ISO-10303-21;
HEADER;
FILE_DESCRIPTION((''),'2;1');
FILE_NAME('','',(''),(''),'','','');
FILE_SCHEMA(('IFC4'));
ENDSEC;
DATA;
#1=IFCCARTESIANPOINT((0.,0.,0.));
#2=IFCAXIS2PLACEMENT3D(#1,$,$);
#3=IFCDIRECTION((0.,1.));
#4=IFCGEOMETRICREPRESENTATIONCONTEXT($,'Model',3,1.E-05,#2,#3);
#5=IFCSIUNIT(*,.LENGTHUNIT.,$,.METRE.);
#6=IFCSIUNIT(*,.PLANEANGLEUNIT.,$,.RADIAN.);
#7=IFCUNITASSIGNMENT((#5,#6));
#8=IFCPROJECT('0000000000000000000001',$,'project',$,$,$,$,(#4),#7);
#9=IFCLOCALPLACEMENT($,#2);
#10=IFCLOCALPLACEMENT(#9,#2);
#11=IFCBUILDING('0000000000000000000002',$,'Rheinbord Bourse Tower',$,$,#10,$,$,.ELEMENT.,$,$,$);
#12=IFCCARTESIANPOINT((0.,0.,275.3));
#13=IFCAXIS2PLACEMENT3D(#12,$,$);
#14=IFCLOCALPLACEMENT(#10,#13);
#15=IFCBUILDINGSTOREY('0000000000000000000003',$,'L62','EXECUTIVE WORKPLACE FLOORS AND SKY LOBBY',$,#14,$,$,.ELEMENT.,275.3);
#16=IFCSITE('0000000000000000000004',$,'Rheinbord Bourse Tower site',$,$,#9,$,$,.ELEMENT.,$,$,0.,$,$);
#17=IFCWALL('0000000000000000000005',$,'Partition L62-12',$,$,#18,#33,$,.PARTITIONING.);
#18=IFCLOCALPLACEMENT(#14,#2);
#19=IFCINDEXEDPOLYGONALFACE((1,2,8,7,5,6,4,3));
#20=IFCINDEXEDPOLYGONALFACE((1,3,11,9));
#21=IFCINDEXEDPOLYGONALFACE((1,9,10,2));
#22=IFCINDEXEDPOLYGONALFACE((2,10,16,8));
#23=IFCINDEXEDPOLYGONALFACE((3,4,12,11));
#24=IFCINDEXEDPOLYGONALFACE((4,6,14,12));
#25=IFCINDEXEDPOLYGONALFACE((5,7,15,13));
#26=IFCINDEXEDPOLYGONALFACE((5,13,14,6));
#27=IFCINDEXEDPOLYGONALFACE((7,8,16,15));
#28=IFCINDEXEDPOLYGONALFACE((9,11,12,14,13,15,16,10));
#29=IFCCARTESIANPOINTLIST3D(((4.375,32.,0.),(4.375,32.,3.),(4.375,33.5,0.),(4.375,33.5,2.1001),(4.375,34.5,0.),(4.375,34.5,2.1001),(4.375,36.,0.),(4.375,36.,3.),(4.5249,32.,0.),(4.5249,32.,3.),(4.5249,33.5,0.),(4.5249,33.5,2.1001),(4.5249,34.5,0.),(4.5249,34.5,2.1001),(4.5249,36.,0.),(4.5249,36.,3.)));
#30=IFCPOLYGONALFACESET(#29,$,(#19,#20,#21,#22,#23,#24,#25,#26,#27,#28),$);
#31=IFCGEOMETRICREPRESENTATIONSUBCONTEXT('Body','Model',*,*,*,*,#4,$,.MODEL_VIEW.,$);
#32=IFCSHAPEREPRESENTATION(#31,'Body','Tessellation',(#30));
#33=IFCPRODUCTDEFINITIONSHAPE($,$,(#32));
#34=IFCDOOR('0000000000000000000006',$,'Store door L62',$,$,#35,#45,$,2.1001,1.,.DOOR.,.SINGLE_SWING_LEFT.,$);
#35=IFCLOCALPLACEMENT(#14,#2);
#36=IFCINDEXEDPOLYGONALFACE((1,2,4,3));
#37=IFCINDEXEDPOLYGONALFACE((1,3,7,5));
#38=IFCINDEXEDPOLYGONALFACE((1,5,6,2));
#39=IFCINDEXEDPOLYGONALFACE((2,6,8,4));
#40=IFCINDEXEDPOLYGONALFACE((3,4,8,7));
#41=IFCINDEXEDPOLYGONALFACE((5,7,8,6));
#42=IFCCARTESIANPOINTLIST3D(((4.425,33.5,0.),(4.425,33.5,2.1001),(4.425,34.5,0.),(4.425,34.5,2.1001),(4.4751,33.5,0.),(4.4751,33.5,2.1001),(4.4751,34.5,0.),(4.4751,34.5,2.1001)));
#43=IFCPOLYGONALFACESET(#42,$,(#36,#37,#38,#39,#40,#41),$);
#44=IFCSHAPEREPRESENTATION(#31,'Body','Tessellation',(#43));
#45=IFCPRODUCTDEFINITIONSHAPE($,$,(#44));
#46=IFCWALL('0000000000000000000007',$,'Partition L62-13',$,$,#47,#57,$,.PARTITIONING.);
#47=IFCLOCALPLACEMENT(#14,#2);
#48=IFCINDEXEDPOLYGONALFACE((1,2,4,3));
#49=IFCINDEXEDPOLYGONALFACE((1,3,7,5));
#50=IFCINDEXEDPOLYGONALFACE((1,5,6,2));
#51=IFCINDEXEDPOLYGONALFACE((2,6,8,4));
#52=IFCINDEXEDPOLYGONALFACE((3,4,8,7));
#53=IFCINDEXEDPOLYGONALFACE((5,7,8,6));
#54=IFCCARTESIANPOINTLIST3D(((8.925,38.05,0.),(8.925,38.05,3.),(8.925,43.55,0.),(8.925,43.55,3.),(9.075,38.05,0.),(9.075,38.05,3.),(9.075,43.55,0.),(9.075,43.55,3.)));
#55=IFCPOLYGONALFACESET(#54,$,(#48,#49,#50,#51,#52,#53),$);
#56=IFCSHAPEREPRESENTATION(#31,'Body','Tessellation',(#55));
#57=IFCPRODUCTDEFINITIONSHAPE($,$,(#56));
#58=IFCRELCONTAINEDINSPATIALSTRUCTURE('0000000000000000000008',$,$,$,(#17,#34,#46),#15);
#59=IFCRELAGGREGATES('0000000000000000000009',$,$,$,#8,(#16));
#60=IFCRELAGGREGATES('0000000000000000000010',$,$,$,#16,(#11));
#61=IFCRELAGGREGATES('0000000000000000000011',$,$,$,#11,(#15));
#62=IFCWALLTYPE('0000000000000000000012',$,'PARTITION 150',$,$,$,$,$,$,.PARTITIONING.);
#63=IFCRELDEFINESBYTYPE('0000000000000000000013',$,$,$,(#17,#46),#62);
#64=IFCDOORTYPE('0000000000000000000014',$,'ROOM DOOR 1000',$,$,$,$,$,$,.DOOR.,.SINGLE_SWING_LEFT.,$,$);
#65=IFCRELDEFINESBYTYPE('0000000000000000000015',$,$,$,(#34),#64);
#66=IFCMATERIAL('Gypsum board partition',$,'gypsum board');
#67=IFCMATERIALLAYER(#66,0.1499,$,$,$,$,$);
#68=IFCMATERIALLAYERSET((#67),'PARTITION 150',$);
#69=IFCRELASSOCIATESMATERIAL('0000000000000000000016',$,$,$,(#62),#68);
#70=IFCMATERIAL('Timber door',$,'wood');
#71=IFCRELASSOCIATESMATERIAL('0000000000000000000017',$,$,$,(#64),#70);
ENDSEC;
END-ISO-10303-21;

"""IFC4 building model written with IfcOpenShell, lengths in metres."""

from ifc_helpers import new_model, si_unit, direction, frame, frame_2d, origin, place, context, subcontext, project, spatial, rectangle, extrude, material, layer, layer_set, type_object, element, fill, save


model = new_model("IFC4")

# Units and contexts
model_context = context("Model", 3, precision=1e-05, world=origin(), true_north=direction((0.0, 1.0)))
body_context = subcontext(model_context, "Body", "Model", "MODEL_VIEW")
ifc_project = project(units=[si_unit("LENGTHUNIT", "METRE"), si_unit("PLANEANGLEUNIT", "RADIAN")], contexts=[model_context])

# Site, building, storey
site_placement = place(None, origin())
site = spatial("IfcSite", under=ifc_project, at=site_placement, Name="Rheinbord Bourse Tower site", CompositionType="ELEMENT", RefElevation=0.0)
building_placement = place(site_placement, origin())
building = spatial("IfcBuilding", under=site, at=building_placement, Name="Rheinbord Bourse Tower", CompositionType="ELEMENT")
storey_placement = place(building_placement, frame((0.0, 0.0, 275.3)))
storey = spatial("IfcBuildingStorey", under=building, at=storey_placement, Name="L62", Description="EXECUTIVE WORKPLACE FLOORS AND SKY LOBBY", CompositionType="ELEMENT", Elevation=275.3)

# Shared definitions
ifc_material_1 = material(Name="Gypsum board partition", Category="gypsum board")
ifc_layer_1 = layer(ifc_material_1, 0.1499)
ifc_layer_set_1 = layer_set([ifc_layer_1], Name="PARTITION 150")
wall_type = type_object("IfcWallType", Name="PARTITION 150", PredefinedType="PARTITIONING", material=ifc_layer_set_1)

# Shared definitions
ifc_material_2 = material(Name="Timber door", Category="wood")
door_type = type_object("IfcDoorType", Name="ROOM DOOR 1000", OperationType="SINGLE_SWING_LEFT", PredefinedType="DOOR", material=ifc_material_2)

# Wall, opening, door
wall_1_placement = place(storey_placement, frame((4.45, 32.0, 0.0), z_axis=(0.0, 0.0, 1.0), x_axis=(0.0, 1.0, 0.0)))
wall_1 = element("IfcWall", 1, at=wall_1_placement, inside=storey, type_object=wall_type, Name="Partition L62-12", PredefinedType="PARTITIONING", context=body_context, shape_type="SweptSolid", body=[
    extrude(rectangle(XDim=4.0, YDim=0.1499, at=frame_2d((2.0, 0.0))), origin(), (0.0, 0.0, 1.0), 3.0),
])
opening_1_placement = place(wall_1_placement, frame((1.5, 0.0, 0.0)))
opening_1 = element("IfcOpeningElement", 2, at=opening_1_placement, cuts=wall_1, PredefinedType="OPENING", context=body_context, shape_type="SweptSolid", body=[
    extrude(rectangle(XDim=1.0, YDim=2.1001, at=frame_2d((0.5, 1.05))), frame((0.0, 0.085, 0.0), z_axis=(0.0, -1.0, 0.0), x_axis=(1.0, 0.0, 0.0)), (0.0, 0.0, 1.0), 0.1699),
])
door_1_placement = place(opening_1_placement, origin())
door_1 = element("IfcDoor", 3, at=door_1_placement, inside=storey, type_object=door_type, Name="Store door L62", OperationType="SINGLE_SWING_LEFT", OverallHeight=2.1001, OverallWidth=1.0, PredefinedType="DOOR", context=body_context, shape_type="SweptSolid", body=[
    extrude(rectangle(XDim=1.0, YDim=2.1001, at=frame_2d((0.5, 1.05))), frame((0.0, 0.0249, 0.0), z_axis=(0.0, -1.0, 0.0), x_axis=(1.0, 0.0, 0.0)), (0.0, 0.0, 1.0), 0.05),
])
fill(opening_1, door_1)

# Wall
wall_2_placement = place(storey_placement, frame((9.0, 38.05, 0.0), z_axis=(0.0, 0.0, 1.0), x_axis=(0.0, 1.0, 0.0)))
element("IfcWall", 4, at=wall_2_placement, inside=storey, type_object=wall_type, Name="Partition L62-13", PredefinedType="PARTITIONING", context=body_context, shape_type="SweptSolid", body=[
    extrude(rectangle(XDim=5.5, YDim=0.1499, at=frame_2d((2.75, 0.0))), origin(), (0.0, 0.0, 1.0), 3.0),
])

save(model, "model.ifc")
